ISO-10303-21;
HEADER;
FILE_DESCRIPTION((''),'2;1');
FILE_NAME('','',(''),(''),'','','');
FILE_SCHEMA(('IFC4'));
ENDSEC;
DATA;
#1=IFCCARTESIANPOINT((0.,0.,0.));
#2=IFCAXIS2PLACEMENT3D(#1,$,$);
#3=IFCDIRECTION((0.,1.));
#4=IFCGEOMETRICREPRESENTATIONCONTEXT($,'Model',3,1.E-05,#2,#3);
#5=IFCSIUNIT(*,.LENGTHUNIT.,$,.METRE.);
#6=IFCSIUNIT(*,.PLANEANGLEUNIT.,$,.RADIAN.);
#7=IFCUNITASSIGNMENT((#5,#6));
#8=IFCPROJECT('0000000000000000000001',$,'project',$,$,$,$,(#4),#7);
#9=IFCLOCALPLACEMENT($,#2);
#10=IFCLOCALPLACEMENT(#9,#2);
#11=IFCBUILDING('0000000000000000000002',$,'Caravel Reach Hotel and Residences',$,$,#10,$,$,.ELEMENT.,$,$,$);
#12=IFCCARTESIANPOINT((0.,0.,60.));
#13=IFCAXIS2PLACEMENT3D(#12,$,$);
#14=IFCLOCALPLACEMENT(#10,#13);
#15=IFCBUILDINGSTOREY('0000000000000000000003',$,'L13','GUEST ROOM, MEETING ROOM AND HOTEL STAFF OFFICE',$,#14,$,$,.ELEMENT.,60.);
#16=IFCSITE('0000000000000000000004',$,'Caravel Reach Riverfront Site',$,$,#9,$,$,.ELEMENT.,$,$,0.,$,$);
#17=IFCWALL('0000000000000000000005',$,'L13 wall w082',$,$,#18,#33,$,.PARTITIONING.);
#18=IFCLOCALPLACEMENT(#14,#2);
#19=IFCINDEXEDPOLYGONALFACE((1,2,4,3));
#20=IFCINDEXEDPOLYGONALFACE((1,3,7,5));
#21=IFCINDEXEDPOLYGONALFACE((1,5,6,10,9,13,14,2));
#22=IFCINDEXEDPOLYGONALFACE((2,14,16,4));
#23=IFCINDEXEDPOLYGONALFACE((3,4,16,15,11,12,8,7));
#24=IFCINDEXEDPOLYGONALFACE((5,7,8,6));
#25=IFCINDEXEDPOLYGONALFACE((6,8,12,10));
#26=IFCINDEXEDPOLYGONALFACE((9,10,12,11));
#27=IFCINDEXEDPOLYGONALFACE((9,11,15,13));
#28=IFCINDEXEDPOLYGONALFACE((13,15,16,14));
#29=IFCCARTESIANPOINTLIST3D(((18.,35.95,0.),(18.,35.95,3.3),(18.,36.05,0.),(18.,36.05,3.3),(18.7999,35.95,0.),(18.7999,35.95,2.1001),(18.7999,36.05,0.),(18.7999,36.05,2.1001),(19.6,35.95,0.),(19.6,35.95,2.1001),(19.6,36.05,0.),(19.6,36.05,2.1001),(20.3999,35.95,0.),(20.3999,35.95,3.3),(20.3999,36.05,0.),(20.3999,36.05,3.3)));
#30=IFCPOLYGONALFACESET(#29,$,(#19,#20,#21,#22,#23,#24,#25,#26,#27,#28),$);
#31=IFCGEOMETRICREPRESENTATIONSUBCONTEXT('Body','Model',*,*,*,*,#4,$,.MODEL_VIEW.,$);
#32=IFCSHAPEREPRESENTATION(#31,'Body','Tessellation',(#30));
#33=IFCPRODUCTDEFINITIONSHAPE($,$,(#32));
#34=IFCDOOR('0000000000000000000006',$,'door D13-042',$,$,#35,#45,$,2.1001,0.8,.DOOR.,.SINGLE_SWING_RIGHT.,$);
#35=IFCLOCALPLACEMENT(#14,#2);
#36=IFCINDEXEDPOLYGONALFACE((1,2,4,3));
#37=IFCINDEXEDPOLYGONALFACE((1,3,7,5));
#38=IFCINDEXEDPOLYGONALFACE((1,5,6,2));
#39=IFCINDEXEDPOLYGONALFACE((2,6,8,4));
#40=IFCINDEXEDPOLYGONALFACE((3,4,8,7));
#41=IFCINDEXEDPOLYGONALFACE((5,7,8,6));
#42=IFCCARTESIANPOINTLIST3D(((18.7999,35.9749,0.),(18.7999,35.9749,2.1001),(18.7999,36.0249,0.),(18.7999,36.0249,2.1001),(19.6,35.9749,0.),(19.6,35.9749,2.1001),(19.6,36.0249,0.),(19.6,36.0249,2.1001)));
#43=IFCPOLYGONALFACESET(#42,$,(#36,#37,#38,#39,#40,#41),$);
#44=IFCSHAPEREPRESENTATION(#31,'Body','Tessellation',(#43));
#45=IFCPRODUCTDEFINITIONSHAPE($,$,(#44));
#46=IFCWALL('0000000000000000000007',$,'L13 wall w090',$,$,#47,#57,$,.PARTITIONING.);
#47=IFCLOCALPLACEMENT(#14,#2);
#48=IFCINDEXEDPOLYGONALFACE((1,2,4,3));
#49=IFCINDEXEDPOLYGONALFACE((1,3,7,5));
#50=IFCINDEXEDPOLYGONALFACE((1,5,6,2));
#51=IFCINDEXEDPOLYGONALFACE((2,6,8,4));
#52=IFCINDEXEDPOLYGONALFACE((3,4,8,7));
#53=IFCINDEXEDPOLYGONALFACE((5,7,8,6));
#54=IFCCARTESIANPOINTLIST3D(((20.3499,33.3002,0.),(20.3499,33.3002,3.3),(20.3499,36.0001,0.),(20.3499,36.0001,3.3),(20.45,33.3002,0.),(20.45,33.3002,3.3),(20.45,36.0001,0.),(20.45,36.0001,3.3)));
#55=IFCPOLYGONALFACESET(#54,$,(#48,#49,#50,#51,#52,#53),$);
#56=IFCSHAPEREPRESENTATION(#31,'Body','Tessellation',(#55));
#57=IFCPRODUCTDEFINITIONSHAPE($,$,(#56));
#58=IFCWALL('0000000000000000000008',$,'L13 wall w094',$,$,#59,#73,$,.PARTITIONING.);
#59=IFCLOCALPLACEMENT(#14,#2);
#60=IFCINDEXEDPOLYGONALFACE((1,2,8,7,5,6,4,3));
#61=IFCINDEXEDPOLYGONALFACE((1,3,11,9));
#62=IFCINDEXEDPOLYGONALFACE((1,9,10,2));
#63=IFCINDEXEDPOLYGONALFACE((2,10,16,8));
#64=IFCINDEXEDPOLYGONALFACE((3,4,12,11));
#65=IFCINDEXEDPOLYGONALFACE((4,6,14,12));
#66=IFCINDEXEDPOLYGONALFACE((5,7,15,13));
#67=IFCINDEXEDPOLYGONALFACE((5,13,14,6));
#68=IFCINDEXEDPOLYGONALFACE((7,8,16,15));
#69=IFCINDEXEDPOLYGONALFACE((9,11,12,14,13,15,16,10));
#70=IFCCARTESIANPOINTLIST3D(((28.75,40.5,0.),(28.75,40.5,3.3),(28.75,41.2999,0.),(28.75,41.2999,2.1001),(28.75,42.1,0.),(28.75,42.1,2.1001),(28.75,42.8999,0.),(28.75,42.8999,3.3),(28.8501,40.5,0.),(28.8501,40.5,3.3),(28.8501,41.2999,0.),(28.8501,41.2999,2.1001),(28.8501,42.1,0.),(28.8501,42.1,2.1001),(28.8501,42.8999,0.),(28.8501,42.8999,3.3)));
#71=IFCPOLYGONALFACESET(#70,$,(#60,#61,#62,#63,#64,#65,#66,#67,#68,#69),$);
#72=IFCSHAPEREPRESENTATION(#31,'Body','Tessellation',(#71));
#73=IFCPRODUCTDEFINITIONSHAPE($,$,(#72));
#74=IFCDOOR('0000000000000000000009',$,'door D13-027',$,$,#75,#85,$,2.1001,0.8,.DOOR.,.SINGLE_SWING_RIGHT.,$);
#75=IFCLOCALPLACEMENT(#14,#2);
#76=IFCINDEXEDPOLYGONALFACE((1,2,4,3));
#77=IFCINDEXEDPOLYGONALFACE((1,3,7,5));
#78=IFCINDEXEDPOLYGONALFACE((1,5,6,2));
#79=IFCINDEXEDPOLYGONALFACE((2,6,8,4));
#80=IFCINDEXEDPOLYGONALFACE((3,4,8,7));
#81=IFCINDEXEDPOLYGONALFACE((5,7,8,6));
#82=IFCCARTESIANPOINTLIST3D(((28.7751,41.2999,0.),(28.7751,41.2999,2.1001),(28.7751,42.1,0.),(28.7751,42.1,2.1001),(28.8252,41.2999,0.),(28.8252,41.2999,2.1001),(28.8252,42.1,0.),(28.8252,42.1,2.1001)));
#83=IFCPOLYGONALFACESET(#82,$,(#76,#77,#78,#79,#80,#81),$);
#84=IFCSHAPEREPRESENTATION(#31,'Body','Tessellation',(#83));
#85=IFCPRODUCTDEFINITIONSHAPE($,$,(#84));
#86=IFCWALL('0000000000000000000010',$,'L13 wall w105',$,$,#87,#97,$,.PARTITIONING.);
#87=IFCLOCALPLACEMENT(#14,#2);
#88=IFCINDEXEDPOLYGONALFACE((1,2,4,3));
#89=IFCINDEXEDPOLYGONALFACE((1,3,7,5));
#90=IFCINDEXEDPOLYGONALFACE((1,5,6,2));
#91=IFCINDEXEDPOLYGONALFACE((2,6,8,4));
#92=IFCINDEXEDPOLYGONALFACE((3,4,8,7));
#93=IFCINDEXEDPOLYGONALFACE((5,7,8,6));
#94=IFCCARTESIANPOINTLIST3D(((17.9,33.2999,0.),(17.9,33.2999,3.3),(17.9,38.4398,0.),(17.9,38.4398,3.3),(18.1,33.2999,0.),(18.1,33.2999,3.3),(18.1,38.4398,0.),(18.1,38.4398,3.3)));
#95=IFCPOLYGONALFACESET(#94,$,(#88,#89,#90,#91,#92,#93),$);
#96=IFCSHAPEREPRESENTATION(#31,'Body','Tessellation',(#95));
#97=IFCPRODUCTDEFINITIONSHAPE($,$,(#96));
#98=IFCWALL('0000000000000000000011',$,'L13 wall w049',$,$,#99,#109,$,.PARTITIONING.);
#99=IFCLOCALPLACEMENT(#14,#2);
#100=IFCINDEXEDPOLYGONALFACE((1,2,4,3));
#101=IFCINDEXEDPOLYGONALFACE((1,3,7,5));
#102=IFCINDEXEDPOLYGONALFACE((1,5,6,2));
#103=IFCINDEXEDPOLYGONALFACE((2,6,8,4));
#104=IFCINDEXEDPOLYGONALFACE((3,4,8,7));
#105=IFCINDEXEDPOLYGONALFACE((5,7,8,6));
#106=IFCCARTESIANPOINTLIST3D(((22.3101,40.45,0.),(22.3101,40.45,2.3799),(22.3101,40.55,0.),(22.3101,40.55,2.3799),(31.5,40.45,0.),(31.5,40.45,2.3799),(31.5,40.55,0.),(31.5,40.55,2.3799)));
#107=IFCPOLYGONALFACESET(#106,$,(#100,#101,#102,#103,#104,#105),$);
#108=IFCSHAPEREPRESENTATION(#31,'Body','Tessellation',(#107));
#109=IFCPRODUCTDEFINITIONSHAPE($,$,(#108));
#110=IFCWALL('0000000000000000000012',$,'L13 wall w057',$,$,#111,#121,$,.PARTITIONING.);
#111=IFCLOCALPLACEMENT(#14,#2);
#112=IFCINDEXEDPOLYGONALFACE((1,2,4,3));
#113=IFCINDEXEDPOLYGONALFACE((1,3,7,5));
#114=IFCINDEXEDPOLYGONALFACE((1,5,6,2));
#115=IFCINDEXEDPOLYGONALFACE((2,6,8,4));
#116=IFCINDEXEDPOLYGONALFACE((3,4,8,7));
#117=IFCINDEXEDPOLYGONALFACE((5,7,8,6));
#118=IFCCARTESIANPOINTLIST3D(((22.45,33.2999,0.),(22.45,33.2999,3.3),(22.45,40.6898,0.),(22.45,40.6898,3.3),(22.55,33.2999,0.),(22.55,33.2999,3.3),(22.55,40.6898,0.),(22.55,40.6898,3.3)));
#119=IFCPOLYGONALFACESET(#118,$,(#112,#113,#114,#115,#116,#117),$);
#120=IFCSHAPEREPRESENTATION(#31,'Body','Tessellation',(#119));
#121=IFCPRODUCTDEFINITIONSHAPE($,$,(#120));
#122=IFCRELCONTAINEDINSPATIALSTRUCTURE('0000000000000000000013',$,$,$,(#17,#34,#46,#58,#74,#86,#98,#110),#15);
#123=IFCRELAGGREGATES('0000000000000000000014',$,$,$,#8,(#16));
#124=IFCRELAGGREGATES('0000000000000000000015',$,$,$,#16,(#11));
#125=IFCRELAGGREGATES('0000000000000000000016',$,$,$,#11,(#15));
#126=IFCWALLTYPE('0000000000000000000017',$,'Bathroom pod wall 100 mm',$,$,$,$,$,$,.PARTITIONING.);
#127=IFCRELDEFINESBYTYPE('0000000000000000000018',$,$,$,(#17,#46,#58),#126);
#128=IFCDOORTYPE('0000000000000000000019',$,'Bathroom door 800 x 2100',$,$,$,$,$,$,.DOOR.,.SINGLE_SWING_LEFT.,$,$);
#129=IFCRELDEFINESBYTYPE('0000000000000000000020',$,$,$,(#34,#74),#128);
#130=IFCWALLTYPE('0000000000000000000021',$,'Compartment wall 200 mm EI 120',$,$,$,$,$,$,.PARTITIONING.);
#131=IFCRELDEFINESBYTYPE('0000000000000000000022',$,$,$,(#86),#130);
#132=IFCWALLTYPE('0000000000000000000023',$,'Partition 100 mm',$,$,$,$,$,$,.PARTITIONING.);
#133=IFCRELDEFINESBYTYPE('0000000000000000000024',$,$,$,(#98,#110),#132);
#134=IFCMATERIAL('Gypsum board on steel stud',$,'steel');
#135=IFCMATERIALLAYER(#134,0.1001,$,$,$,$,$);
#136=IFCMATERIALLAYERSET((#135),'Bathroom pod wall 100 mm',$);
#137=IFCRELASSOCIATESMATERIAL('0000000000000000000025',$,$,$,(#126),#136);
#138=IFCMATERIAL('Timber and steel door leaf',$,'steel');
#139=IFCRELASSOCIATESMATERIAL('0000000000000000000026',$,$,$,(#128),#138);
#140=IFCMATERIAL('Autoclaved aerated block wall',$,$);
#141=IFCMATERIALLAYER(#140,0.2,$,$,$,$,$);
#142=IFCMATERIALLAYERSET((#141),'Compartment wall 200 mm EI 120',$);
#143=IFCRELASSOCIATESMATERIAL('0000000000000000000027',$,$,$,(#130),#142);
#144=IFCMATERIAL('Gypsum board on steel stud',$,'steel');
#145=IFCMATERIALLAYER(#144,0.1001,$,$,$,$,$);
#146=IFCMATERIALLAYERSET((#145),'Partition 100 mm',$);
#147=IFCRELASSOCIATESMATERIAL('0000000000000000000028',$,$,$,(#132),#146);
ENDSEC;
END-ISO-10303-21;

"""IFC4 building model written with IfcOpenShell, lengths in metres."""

from ifc_helpers import new_model, si_unit, direction, frame, frame_2d, origin, place, context, subcontext, project, spatial, rectangle, extrude, material, layer, layer_set, type_object, element, fill, save


model = new_model("IFC4")

# Units and contexts
model_context = context("Model", 3, precision=1e-05, world=origin(), true_north=direction((0.0, 1.0)))
body_context = subcontext(model_context, "Body", "Model", "MODEL_VIEW")
ifc_project = project(units=[si_unit("LENGTHUNIT", "METRE"), si_unit("PLANEANGLEUNIT", "RADIAN")], contexts=[model_context])

# Site, building, storey
site_placement = place(None, origin())
site = spatial("IfcSite", under=ifc_project, at=site_placement, Name="Caravel Reach Riverfront Site", CompositionType="ELEMENT", RefElevation=0.0)
building_placement = place(site_placement, origin())
building = spatial("IfcBuilding", under=site, at=building_placement, Name="Caravel Reach Hotel and Residences", CompositionType="ELEMENT")
storey_placement = place(building_placement, frame((0.0, 0.0, 60.0)))
storey = spatial("IfcBuildingStorey", under=building, at=storey_placement, Name="L13", Description="GUEST ROOM, MEETING ROOM AND HOTEL STAFF OFFICE", CompositionType="ELEMENT", Elevation=60.0)

# Wall, opening, door
ifc_material_1 = material(Name="Gypsum board on steel stud", Category="steel")
ifc_layer_1 = layer(ifc_material_1, 0.1001)
ifc_layer_set_1 = layer_set([ifc_layer_1], Name="Bathroom pod wall 100 mm")
wall_type_1 = type_object("IfcWallType", Name="Bathroom pod wall 100 mm", PredefinedType="PARTITIONING", material=ifc_layer_set_1)
wall_1_placement = place(storey_placement, frame((18.0, 36.0, 0.0), z_axis=(0.0, 0.0, 1.0), x_axis=(1.0, 0.0, 0.0)))
wall_1 = element("IfcWall", 1, at=wall_1_placement, inside=storey, type_object=wall_type_1, Name="L13 wall w082", PredefinedType="PARTITIONING", context=body_context, shape_type="SweptSolid", body=[
    extrude(rectangle(XDim=2.3999, YDim=0.1001, at=frame_2d((1.2, 0.0))), origin(), (0.0, 0.0, 1.0), 3.3),
])
opening_1_placement = place(wall_1_placement, frame((0.8, 0.0, 0.0)))
opening_1 = element("IfcOpeningElement", 2, at=opening_1_placement, cuts=wall_1, PredefinedType="OPENING", context=body_context, shape_type="SweptSolid", body=[
    extrude(rectangle(XDim=0.8, YDim=2.1001, at=frame_2d((0.3999, 1.05))), frame((0.0, 0.0601, 0.0), z_axis=(0.0, -1.0, 0.0), x_axis=(1.0, 0.0, 0.0)), (0.0, 0.0, 1.0), 0.1201),
])
ifc_material_2 = material(Name="Timber and steel door leaf", Category="steel")
door_type = type_object("IfcDoorType", Name="Bathroom door 800 x 2100", OperationType="SINGLE_SWING_LEFT", PredefinedType="DOOR", material=ifc_material_2)
door_1_placement = place(opening_1_placement, origin())
door_1 = element("IfcDoor", 3, at=door_1_placement, inside=storey, type_object=door_type, Name="door D13-042", OperationType="SINGLE_SWING_RIGHT", OverallHeight=2.1001, OverallWidth=0.8, PredefinedType="DOOR", context=body_context, shape_type="SweptSolid", body=[
    extrude(rectangle(XDim=0.8, YDim=2.1001, at=frame_2d((0.3999, 1.05))), frame((0.0, 0.0249, 0.0), z_axis=(0.0, -1.0, 0.0), x_axis=(1.0, 0.0, 0.0)), (0.0, 0.0, 1.0), 0.05),
])
fill(opening_1, door_1)

# Wall
wall_2_placement = place(storey_placement, frame((20.3999, 33.3, 0.0), z_axis=(0.0, 0.0, 1.0), x_axis=(0.0, 1.0, 0.0)))
element("IfcWall", 4, at=wall_2_placement, inside=storey, type_object=wall_type_1, Name="L13 wall w090", PredefinedType="PARTITIONING", context=body_context, shape_type="SweptSolid", body=[
    extrude(rectangle(XDim=2.7, YDim=0.1001, at=frame_2d((1.3501, 0.0))), origin(), (0.0, 0.0, 1.0), 3.3),
])

# Wall, opening, door
wall_3_placement = place(storey_placement, frame((28.8, 40.5, 0.0), z_axis=(0.0, 0.0, 1.0), x_axis=(0.0, 1.0, 0.0)))
wall_3 = element("IfcWall", 5, at=wall_3_placement, inside=storey, type_object=wall_type_1, Name="L13 wall w094", PredefinedType="PARTITIONING", context=body_context, shape_type="SweptSolid", body=[
    extrude(rectangle(XDim=2.3999, YDim=0.1001, at=frame_2d((1.2, 0.0))), origin(), (0.0, 0.0, 1.0), 3.3),
])
opening_2_placement = place(wall_3_placement, frame((0.8, 0.0, 0.0)))
opening_2 = element("IfcOpeningElement", 6, at=opening_2_placement, cuts=wall_3, PredefinedType="OPENING", context=body_context, shape_type="SweptSolid", body=[
    extrude(rectangle(XDim=0.8, YDim=2.1001, at=frame_2d((0.3999, 1.05))), frame((0.0, 0.0601, 0.0), z_axis=(0.0, -1.0, 0.0), x_axis=(1.0, 0.0, 0.0)), (0.0, 0.0, 1.0), 0.1201),
])
door_2_placement = place(opening_2_placement, origin())
door_2 = element("IfcDoor", 7, at=door_2_placement, inside=storey, type_object=door_type, Name="door D13-027", OperationType="SINGLE_SWING_RIGHT", OverallHeight=2.1001, OverallWidth=0.8, PredefinedType="DOOR", context=body_context, shape_type="SweptSolid", body=[
    extrude(rectangle(XDim=0.8, YDim=2.1001, at=frame_2d((0.3999, 1.05))), frame((0.0, 0.0249, 0.0), z_axis=(0.0, -1.0, 0.0), x_axis=(1.0, 0.0, 0.0)), (0.0, 0.0, 1.0), 0.05),
])
fill(opening_2, door_2)

# Walls
ifc_material_3 = material(Name="Autoclaved aerated block wall")
ifc_layer_2 = layer(ifc_material_3, 0.2)
ifc_layer_set_2 = layer_set([ifc_layer_2], Name="Compartment wall 200 mm EI 120")
wall_type_2 = type_object("IfcWallType", Name="Compartment wall 200 mm EI 120", PredefinedType="PARTITIONING", material=ifc_layer_set_2)
wall_4_placement = place(storey_placement, frame((18.0, 33.3, 0.0), z_axis=(0.0, 0.0, 1.0), x_axis=(0.0, 1.0, 0.0)))
element("IfcWall", 8, at=wall_4_placement, inside=storey, type_object=wall_type_2, Name="L13 wall w105", PredefinedType="PARTITIONING", context=body_context, shape_type="SweptSolid", body=[
    extrude(rectangle(XDim=5.1399, YDim=0.2, at=frame_2d((2.5698, 0.0))), origin(), (0.0, 0.0, 1.0), 3.3),
])
ifc_material_4 = material(Name="Gypsum board on steel stud", Category="steel")
ifc_layer_3 = layer(ifc_material_4, 0.1001)
ifc_layer_set_3 = layer_set([ifc_layer_3], Name="Partition 100 mm")
wall_type_3 = type_object("IfcWallType", Name="Partition 100 mm", PredefinedType="PARTITIONING", material=ifc_layer_set_3)
wall_5_placement = place(storey_placement, frame((22.3101, 40.5, 0.0), z_axis=(0.0, 0.0, 1.0), x_axis=(1.0, 0.0, 0.0)))
element("IfcWall", 9, at=wall_5_placement, inside=storey, type_object=wall_type_3, Name="L13 wall w049", PredefinedType="PARTITIONING", context=body_context, shape_type="SweptSolid", body=[
    extrude(rectangle(XDim=9.1899, YDim=0.1001, at=frame_2d((4.595, 0.0))), origin(), (0.0, 0.0, 1.0), 2.3799),
])
wall_6_placement = place(storey_placement, frame((22.5, 33.3, 0.0), z_axis=(0.0, 0.0, 1.0), x_axis=(0.0, 1.0, 0.0)))
element("IfcWall", 10, at=wall_6_placement, inside=storey, type_object=wall_type_3, Name="L13 wall w057", PredefinedType="PARTITIONING", context=body_context, shape_type="SweptSolid", body=[
    extrude(rectangle(XDim=7.3899, YDim=0.1001, at=frame_2d((3.6948, 0.0))), origin(), (0.0, 0.0, 1.0), 3.3),
])

save(model, "model.ifc")
